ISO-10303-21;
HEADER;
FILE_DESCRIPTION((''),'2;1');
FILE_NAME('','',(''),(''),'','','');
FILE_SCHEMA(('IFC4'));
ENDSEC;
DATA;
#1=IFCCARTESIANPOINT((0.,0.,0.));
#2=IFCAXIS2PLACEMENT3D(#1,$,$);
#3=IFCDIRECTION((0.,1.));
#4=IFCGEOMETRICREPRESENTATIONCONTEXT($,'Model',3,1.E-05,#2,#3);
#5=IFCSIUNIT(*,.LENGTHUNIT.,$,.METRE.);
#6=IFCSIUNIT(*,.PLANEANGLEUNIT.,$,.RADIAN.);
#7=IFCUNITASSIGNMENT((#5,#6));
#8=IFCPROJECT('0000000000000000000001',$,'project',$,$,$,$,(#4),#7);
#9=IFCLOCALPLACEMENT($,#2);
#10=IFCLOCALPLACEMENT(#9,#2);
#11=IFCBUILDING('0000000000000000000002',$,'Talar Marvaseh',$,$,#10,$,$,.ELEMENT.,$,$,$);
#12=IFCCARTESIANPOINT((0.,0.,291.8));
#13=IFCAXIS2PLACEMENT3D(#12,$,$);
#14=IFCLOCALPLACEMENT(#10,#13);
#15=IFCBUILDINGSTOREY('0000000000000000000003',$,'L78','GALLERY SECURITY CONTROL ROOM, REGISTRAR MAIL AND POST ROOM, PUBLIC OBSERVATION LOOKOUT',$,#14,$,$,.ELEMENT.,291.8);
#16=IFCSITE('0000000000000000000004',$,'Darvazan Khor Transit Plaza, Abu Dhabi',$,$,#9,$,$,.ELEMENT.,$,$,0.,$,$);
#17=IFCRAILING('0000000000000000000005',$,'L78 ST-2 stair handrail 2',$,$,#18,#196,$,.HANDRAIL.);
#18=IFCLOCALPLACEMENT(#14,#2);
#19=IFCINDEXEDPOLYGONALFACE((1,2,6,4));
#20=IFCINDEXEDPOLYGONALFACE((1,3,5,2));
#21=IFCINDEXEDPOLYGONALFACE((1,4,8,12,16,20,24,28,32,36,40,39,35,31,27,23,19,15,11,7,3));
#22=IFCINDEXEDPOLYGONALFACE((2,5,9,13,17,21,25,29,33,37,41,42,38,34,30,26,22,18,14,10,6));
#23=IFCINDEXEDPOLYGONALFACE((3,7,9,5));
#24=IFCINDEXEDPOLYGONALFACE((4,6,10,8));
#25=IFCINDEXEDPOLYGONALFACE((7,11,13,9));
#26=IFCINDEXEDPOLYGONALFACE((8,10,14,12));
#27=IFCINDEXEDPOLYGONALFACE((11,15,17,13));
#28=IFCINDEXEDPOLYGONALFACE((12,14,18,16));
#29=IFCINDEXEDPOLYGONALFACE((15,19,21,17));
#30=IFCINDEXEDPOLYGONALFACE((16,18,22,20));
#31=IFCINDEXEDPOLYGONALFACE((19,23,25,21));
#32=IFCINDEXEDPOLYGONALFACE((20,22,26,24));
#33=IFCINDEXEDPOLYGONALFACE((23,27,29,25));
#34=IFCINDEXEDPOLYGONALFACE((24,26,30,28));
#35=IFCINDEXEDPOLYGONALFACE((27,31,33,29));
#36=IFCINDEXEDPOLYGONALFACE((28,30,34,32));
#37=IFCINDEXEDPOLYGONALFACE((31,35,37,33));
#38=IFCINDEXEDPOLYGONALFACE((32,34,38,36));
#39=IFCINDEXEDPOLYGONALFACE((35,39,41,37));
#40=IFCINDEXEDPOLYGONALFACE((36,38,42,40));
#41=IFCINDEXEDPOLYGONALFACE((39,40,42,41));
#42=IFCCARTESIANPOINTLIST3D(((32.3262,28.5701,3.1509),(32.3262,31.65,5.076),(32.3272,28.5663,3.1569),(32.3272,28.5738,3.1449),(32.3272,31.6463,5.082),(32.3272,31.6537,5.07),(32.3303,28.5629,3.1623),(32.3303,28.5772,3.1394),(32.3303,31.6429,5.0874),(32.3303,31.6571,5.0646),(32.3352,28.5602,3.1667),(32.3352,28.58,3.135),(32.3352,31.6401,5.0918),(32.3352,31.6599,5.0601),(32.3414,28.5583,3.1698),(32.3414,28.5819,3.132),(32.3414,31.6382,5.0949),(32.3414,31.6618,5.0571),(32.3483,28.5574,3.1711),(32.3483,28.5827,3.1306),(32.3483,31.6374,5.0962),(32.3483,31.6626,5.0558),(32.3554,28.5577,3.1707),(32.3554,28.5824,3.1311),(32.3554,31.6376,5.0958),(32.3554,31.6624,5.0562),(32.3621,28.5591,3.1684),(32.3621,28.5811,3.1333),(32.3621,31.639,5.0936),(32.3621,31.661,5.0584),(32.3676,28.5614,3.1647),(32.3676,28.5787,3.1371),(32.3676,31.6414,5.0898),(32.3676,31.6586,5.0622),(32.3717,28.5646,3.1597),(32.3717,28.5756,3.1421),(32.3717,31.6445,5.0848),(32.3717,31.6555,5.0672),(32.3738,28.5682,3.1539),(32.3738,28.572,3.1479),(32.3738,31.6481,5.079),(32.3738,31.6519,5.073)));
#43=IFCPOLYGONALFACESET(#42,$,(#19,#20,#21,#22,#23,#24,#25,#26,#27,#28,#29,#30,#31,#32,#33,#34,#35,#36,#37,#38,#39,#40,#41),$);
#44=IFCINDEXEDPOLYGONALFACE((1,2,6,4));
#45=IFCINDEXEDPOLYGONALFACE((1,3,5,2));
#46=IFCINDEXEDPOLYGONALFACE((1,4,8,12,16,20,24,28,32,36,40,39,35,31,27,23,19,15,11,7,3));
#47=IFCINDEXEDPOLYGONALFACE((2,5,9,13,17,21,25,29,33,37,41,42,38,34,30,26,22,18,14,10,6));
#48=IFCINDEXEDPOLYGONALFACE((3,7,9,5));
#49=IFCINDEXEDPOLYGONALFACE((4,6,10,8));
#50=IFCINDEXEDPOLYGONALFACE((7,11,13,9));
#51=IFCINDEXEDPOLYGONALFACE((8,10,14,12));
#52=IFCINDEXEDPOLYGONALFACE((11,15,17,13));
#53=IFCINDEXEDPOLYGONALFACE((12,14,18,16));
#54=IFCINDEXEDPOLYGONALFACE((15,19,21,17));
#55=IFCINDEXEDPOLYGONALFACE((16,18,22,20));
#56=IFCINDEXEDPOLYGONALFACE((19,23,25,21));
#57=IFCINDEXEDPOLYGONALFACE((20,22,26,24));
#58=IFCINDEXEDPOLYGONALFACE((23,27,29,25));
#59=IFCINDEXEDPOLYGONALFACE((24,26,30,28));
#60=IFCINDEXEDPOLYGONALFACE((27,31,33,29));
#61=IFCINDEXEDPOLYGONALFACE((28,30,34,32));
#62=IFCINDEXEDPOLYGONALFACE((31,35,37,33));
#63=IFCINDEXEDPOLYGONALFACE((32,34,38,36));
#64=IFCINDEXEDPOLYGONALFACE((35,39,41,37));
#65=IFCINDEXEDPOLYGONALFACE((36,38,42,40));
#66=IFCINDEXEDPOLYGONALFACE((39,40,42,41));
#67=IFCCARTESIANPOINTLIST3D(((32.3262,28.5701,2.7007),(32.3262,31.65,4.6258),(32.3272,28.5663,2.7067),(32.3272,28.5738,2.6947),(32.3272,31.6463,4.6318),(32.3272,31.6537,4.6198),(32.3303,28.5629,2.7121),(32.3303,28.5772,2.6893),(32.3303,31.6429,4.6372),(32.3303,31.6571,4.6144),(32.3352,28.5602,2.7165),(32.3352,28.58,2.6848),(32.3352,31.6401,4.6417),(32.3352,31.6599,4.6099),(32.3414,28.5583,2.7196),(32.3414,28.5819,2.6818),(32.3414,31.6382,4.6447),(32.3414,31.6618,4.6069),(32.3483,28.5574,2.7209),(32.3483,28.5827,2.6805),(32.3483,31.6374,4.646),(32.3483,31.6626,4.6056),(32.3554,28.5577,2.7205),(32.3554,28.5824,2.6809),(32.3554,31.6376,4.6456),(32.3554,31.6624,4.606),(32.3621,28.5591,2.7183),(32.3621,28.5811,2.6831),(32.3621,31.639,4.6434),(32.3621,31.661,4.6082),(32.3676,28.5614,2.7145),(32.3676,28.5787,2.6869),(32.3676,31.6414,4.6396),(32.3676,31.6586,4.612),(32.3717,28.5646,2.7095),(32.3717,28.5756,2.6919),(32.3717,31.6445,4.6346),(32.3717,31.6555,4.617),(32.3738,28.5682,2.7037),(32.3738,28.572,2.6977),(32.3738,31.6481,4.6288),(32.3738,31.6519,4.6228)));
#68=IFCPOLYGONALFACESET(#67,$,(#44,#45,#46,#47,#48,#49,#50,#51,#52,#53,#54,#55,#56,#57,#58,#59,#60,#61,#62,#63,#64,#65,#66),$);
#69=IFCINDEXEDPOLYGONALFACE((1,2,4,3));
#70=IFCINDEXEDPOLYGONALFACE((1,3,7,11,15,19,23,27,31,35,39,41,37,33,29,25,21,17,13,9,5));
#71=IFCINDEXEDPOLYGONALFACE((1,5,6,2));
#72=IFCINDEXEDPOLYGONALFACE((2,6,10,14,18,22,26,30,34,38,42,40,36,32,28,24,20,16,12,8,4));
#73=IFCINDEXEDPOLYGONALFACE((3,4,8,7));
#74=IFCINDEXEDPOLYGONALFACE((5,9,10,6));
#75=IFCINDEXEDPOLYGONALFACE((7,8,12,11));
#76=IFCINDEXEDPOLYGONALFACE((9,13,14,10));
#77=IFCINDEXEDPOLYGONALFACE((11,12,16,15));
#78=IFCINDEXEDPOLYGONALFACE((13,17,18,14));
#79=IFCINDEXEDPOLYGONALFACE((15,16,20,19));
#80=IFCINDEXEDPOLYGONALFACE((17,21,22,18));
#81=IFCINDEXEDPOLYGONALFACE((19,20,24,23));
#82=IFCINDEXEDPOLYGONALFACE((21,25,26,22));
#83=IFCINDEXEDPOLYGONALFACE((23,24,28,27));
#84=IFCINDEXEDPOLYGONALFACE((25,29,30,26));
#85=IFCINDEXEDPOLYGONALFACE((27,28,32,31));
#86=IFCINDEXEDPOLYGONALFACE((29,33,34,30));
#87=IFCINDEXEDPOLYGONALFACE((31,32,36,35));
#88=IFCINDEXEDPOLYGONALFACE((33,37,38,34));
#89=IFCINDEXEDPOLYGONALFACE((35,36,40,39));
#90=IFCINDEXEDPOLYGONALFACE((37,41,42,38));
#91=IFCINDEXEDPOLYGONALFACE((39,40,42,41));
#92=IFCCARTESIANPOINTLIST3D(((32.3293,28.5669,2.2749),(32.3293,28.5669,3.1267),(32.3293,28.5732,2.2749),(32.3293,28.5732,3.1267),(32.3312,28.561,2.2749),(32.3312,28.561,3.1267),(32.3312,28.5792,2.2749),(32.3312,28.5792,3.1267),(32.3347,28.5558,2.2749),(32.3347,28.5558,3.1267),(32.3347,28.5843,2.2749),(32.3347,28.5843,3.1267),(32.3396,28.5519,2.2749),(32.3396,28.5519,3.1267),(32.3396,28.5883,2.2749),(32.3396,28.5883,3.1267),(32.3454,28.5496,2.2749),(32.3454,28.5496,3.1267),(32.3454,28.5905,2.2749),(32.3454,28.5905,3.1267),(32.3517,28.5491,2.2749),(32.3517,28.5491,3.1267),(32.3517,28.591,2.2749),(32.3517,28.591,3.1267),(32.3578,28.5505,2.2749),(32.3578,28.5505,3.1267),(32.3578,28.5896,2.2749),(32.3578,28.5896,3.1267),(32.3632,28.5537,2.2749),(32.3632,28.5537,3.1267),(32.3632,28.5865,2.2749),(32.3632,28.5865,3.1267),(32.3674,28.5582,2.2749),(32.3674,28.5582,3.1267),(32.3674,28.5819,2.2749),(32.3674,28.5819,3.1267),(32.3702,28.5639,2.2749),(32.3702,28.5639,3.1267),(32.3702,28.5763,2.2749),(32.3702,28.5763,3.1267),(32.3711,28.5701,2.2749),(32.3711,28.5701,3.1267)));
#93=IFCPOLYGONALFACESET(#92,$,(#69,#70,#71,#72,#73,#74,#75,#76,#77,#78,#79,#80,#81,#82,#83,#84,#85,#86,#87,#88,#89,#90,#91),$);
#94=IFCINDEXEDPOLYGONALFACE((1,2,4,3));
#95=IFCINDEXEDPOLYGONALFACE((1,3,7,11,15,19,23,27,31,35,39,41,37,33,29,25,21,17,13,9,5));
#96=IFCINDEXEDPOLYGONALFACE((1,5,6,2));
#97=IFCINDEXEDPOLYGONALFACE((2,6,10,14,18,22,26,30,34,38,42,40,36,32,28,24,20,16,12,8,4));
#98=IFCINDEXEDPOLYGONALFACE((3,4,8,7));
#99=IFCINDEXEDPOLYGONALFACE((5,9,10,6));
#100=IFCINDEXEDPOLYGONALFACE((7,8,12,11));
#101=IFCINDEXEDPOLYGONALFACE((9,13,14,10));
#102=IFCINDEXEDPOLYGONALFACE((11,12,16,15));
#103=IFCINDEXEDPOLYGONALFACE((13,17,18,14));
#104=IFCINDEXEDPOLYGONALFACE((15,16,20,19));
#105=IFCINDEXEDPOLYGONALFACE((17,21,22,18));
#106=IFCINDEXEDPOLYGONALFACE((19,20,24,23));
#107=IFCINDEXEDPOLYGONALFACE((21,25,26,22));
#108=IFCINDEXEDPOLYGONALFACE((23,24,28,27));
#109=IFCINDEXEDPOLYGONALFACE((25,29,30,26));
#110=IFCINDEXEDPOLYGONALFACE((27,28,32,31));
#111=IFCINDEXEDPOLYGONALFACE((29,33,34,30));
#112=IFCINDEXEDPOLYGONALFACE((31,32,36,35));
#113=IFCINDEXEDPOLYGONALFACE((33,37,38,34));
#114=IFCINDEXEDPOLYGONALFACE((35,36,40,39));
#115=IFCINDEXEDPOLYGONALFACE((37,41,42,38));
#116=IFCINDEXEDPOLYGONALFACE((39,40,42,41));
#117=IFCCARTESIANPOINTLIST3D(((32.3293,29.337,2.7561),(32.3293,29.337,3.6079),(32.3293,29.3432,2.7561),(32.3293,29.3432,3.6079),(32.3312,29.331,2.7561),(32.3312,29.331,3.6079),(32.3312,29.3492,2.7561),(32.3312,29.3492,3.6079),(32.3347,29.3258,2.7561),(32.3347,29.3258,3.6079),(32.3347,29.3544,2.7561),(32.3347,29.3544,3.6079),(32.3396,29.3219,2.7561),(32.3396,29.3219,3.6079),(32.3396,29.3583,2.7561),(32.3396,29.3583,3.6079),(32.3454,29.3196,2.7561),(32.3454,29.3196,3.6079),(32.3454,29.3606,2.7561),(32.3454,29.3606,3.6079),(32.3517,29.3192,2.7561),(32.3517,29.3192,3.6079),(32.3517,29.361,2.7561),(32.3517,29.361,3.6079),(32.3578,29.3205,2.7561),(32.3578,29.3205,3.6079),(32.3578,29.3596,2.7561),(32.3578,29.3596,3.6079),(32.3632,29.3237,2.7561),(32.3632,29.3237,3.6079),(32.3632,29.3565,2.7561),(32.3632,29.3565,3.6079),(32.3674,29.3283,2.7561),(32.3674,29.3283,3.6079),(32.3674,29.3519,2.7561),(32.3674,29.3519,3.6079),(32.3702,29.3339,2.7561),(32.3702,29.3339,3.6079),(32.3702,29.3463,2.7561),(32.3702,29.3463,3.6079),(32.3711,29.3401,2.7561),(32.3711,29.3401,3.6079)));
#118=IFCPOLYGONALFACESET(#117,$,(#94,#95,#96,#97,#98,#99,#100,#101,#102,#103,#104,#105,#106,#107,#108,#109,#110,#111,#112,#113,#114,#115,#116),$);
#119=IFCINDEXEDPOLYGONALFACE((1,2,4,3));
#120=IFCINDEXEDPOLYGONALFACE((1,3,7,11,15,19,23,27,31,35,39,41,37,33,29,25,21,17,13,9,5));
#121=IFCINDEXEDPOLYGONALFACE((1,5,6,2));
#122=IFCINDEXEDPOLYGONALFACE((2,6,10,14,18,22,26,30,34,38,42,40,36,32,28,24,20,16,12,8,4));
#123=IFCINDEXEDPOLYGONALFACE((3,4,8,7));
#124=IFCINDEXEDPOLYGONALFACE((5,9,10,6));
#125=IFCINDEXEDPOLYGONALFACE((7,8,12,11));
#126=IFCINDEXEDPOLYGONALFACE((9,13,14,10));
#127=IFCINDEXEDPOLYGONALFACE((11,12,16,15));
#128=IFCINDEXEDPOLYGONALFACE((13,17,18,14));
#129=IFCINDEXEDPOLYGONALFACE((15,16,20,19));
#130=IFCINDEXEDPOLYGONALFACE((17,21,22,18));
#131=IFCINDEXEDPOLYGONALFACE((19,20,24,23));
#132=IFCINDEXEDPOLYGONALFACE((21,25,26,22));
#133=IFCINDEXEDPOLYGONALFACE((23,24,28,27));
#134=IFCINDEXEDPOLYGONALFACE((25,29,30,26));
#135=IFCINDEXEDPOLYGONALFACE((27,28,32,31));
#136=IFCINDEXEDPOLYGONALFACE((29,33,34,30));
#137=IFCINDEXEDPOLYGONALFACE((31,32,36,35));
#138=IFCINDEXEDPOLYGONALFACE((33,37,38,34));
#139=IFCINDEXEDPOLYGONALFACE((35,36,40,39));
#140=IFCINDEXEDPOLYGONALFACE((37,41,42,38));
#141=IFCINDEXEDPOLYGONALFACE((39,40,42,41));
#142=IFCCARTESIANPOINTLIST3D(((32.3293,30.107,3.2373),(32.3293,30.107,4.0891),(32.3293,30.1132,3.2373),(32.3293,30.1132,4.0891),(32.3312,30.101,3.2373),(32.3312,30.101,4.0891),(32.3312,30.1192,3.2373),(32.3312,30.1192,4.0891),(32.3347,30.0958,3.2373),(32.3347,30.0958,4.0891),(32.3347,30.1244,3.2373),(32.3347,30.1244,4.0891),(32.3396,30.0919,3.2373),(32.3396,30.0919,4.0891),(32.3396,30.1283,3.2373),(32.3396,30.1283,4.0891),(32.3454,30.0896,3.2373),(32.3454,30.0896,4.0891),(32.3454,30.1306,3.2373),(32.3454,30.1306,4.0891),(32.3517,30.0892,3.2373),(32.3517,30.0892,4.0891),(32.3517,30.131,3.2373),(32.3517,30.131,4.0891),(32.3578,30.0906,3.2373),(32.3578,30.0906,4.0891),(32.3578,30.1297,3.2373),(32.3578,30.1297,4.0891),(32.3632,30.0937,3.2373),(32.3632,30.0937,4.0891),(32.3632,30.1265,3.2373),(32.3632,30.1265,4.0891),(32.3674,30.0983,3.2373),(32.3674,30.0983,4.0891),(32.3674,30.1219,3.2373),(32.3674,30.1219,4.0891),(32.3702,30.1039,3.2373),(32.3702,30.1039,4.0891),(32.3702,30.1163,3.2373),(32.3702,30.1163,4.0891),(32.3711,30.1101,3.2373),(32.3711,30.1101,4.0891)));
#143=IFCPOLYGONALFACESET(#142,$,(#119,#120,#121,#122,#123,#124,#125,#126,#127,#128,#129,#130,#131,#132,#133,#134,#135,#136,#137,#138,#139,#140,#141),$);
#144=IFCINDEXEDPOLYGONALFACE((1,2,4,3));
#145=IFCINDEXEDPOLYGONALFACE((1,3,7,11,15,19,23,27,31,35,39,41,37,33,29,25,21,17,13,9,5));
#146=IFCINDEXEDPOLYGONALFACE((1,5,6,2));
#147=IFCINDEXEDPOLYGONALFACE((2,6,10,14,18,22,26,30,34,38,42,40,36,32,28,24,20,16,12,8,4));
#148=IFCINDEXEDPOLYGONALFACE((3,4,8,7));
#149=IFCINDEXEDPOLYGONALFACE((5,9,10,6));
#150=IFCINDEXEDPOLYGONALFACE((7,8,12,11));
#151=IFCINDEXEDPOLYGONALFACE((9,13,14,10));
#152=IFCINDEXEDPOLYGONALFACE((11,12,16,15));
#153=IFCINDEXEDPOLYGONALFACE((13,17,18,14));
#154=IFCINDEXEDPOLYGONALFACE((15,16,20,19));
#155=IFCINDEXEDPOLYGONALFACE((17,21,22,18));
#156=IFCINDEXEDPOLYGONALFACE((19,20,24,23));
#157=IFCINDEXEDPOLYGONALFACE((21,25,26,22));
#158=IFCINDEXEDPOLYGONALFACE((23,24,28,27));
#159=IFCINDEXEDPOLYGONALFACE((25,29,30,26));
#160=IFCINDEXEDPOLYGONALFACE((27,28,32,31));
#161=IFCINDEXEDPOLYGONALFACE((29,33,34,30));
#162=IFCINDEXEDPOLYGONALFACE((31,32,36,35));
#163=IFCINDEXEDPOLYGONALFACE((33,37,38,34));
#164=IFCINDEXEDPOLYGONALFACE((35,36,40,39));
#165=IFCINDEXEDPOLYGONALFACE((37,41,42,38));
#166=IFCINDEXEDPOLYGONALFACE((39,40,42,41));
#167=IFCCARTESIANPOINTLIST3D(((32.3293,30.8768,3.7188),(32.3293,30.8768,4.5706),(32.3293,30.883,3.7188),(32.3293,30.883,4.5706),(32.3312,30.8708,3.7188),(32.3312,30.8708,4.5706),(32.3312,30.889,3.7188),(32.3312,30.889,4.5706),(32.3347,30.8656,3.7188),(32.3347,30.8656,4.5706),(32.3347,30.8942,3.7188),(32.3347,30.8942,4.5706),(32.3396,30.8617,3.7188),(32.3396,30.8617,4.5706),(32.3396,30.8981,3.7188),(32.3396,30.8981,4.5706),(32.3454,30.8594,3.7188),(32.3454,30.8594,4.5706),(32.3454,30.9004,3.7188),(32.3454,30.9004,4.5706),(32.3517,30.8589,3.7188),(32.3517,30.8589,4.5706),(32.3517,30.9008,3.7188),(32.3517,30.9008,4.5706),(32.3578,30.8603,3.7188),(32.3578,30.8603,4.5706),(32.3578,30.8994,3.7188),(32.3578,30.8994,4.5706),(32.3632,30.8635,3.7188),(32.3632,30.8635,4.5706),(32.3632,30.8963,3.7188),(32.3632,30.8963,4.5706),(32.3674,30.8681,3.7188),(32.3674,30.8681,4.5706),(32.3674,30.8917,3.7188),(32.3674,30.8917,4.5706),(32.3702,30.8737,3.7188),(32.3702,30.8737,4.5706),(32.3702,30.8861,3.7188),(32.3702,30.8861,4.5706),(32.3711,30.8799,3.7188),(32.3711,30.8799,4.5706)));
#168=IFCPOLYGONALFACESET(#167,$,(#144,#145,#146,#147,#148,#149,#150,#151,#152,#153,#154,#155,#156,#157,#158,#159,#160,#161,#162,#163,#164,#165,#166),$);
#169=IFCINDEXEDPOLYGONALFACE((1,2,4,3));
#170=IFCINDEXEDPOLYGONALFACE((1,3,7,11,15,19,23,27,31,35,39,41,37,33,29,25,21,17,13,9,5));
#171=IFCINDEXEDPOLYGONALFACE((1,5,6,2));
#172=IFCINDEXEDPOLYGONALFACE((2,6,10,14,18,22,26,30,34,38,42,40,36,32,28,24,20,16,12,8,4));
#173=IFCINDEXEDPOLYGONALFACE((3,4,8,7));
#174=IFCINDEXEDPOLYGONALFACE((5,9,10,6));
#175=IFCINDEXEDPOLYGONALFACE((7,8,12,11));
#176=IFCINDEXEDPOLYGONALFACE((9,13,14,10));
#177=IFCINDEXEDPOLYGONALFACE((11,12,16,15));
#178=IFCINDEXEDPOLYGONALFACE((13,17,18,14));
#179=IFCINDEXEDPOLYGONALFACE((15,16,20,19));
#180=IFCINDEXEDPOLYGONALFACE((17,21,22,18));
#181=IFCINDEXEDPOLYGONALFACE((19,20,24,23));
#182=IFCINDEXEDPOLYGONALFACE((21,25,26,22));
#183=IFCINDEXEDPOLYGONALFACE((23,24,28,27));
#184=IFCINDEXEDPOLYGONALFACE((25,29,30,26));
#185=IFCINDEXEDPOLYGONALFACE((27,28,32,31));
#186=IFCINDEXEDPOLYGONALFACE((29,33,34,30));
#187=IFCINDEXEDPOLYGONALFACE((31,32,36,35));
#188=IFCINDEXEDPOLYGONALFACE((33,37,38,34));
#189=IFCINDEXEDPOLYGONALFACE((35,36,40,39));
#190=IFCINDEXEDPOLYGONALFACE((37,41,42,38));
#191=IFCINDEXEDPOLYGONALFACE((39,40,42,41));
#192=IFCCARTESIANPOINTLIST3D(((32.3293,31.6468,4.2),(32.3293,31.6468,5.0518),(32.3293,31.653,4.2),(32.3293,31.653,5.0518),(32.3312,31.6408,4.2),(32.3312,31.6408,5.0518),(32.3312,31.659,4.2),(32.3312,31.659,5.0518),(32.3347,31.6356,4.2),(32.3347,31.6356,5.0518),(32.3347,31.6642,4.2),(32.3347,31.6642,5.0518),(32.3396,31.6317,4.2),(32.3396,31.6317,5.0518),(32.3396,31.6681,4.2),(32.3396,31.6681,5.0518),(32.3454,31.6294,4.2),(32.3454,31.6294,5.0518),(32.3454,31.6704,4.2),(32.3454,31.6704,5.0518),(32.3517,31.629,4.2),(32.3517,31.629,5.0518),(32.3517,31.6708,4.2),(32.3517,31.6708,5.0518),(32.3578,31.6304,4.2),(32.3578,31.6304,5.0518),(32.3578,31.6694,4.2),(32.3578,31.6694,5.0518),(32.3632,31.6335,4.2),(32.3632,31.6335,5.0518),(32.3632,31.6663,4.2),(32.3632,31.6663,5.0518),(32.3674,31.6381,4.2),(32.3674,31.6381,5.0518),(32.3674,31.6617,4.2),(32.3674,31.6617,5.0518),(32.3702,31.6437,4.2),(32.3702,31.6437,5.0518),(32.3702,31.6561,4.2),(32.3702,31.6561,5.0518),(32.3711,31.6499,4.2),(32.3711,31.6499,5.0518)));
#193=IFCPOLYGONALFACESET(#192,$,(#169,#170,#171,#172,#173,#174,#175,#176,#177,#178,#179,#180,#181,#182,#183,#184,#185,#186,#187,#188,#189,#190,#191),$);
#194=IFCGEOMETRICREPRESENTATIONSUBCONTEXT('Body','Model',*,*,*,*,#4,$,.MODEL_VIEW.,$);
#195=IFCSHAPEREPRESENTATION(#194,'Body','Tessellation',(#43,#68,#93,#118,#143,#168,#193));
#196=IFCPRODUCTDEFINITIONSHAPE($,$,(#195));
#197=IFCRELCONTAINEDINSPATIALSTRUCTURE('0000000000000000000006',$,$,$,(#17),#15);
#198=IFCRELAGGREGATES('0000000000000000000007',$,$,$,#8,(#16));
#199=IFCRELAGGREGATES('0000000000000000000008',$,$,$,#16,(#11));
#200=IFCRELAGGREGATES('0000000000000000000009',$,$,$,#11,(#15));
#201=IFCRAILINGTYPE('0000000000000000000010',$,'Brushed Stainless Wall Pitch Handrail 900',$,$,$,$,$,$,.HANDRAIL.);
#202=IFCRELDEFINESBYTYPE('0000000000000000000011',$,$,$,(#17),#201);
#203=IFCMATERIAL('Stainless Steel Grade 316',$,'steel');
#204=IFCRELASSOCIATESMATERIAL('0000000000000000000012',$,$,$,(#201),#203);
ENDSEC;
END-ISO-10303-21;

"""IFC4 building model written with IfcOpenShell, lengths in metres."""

from ifc_helpers import new_model, si_unit, direction, frame, origin, origin_2d, place, context, subcontext, project, spatial, circle, extrude, material, type_object, element, save


model = new_model("IFC4")

# Units and contexts
model_context = context("Model", 3, precision=1e-05, world=origin(), true_north=direction((0.0, 1.0)))
body_context = subcontext(model_context, "Body", "Model", "MODEL_VIEW")
ifc_project = project(units=[si_unit("LENGTHUNIT", "METRE"), si_unit("PLANEANGLEUNIT", "RADIAN")], contexts=[model_context])

# Site, building, storey
site_placement = place(None, origin())
site = spatial("IfcSite", under=ifc_project, at=site_placement, Name="Darvazan Khor Transit Plaza, Abu Dhabi", CompositionType="ELEMENT", RefElevation=0.0)
building_placement = place(site_placement, origin())
building = spatial("IfcBuilding", under=site, at=building_placement, Name="Talar Marvaseh", CompositionType="ELEMENT")
storey_placement = place(building_placement, frame((0.0, 0.0, 291.8)))
storey = spatial("IfcBuildingStorey", under=building, at=storey_placement, Name="L78", Description="GALLERY SECURITY CONTROL ROOM, REGISTRAR MAIL AND POST ROOM, PUBLIC OBSERVATION LOOKOUT", CompositionType="ELEMENT", Elevation=291.8)

# Railing
ifc_material_1 = material(Name="Stainless Steel Grade 316", Category="steel")
railing_type_1 = type_object("IfcRailingType", Name="Brushed Stainless Wall Pitch Handrail 900", PredefinedType="HANDRAIL", material=ifc_material_1)
railing_1_placement = place(storey_placement, frame((32.3501, 28.5701, 2.2749)))
element("IfcRailing", 1, at=railing_1_placement, inside=storey, type_object=railing_type_1, Name="L78 ST-2 stair handrail 2", PredefinedType="HANDRAIL", context=body_context, shape_type="SweptSolid", body=[
    extrude(circle(Radius=0.0239, at=origin_2d()), frame((0.0, 0.0, 0.876), z_axis=(0.0, 0.847979, 0.530029), x_axis=(-1.0, 0.0, 0.0)), (0.0, 0.0, 1.0), 3.6321),
    extrude(circle(Radius=0.0239, at=origin_2d()), frame((0.0, 0.0, 0.4258), z_axis=(0.0, 0.847979, 0.530029), x_axis=(-1.0, 0.0, 0.0)), (0.0, 0.0, 1.0), 3.6321),
    extrude(circle(Radius=0.021, at=origin_2d()), origin(), (0.0, 0.0, 1.0), 0.8518),
    extrude(circle(Radius=0.021, at=origin_2d()), frame((0.0, 0.77, 0.4812)), (0.0, 0.0, 1.0), 0.8518),
    extrude(circle(Radius=0.021, at=origin_2d()), frame((0.0, 1.54, 0.9624)), (0.0, 0.0, 1.0), 0.8518),
    extrude(circle(Radius=0.021, at=origin_2d()), frame((0.0, 2.3098, 1.4438)), (0.0, 0.0, 1.0), 0.8518),
    extrude(circle(Radius=0.021, at=origin_2d()), frame((0.0, 3.0798, 1.925)), (0.0, 0.0, 1.0), 0.8518),
])

save(model, "model.ifc")
